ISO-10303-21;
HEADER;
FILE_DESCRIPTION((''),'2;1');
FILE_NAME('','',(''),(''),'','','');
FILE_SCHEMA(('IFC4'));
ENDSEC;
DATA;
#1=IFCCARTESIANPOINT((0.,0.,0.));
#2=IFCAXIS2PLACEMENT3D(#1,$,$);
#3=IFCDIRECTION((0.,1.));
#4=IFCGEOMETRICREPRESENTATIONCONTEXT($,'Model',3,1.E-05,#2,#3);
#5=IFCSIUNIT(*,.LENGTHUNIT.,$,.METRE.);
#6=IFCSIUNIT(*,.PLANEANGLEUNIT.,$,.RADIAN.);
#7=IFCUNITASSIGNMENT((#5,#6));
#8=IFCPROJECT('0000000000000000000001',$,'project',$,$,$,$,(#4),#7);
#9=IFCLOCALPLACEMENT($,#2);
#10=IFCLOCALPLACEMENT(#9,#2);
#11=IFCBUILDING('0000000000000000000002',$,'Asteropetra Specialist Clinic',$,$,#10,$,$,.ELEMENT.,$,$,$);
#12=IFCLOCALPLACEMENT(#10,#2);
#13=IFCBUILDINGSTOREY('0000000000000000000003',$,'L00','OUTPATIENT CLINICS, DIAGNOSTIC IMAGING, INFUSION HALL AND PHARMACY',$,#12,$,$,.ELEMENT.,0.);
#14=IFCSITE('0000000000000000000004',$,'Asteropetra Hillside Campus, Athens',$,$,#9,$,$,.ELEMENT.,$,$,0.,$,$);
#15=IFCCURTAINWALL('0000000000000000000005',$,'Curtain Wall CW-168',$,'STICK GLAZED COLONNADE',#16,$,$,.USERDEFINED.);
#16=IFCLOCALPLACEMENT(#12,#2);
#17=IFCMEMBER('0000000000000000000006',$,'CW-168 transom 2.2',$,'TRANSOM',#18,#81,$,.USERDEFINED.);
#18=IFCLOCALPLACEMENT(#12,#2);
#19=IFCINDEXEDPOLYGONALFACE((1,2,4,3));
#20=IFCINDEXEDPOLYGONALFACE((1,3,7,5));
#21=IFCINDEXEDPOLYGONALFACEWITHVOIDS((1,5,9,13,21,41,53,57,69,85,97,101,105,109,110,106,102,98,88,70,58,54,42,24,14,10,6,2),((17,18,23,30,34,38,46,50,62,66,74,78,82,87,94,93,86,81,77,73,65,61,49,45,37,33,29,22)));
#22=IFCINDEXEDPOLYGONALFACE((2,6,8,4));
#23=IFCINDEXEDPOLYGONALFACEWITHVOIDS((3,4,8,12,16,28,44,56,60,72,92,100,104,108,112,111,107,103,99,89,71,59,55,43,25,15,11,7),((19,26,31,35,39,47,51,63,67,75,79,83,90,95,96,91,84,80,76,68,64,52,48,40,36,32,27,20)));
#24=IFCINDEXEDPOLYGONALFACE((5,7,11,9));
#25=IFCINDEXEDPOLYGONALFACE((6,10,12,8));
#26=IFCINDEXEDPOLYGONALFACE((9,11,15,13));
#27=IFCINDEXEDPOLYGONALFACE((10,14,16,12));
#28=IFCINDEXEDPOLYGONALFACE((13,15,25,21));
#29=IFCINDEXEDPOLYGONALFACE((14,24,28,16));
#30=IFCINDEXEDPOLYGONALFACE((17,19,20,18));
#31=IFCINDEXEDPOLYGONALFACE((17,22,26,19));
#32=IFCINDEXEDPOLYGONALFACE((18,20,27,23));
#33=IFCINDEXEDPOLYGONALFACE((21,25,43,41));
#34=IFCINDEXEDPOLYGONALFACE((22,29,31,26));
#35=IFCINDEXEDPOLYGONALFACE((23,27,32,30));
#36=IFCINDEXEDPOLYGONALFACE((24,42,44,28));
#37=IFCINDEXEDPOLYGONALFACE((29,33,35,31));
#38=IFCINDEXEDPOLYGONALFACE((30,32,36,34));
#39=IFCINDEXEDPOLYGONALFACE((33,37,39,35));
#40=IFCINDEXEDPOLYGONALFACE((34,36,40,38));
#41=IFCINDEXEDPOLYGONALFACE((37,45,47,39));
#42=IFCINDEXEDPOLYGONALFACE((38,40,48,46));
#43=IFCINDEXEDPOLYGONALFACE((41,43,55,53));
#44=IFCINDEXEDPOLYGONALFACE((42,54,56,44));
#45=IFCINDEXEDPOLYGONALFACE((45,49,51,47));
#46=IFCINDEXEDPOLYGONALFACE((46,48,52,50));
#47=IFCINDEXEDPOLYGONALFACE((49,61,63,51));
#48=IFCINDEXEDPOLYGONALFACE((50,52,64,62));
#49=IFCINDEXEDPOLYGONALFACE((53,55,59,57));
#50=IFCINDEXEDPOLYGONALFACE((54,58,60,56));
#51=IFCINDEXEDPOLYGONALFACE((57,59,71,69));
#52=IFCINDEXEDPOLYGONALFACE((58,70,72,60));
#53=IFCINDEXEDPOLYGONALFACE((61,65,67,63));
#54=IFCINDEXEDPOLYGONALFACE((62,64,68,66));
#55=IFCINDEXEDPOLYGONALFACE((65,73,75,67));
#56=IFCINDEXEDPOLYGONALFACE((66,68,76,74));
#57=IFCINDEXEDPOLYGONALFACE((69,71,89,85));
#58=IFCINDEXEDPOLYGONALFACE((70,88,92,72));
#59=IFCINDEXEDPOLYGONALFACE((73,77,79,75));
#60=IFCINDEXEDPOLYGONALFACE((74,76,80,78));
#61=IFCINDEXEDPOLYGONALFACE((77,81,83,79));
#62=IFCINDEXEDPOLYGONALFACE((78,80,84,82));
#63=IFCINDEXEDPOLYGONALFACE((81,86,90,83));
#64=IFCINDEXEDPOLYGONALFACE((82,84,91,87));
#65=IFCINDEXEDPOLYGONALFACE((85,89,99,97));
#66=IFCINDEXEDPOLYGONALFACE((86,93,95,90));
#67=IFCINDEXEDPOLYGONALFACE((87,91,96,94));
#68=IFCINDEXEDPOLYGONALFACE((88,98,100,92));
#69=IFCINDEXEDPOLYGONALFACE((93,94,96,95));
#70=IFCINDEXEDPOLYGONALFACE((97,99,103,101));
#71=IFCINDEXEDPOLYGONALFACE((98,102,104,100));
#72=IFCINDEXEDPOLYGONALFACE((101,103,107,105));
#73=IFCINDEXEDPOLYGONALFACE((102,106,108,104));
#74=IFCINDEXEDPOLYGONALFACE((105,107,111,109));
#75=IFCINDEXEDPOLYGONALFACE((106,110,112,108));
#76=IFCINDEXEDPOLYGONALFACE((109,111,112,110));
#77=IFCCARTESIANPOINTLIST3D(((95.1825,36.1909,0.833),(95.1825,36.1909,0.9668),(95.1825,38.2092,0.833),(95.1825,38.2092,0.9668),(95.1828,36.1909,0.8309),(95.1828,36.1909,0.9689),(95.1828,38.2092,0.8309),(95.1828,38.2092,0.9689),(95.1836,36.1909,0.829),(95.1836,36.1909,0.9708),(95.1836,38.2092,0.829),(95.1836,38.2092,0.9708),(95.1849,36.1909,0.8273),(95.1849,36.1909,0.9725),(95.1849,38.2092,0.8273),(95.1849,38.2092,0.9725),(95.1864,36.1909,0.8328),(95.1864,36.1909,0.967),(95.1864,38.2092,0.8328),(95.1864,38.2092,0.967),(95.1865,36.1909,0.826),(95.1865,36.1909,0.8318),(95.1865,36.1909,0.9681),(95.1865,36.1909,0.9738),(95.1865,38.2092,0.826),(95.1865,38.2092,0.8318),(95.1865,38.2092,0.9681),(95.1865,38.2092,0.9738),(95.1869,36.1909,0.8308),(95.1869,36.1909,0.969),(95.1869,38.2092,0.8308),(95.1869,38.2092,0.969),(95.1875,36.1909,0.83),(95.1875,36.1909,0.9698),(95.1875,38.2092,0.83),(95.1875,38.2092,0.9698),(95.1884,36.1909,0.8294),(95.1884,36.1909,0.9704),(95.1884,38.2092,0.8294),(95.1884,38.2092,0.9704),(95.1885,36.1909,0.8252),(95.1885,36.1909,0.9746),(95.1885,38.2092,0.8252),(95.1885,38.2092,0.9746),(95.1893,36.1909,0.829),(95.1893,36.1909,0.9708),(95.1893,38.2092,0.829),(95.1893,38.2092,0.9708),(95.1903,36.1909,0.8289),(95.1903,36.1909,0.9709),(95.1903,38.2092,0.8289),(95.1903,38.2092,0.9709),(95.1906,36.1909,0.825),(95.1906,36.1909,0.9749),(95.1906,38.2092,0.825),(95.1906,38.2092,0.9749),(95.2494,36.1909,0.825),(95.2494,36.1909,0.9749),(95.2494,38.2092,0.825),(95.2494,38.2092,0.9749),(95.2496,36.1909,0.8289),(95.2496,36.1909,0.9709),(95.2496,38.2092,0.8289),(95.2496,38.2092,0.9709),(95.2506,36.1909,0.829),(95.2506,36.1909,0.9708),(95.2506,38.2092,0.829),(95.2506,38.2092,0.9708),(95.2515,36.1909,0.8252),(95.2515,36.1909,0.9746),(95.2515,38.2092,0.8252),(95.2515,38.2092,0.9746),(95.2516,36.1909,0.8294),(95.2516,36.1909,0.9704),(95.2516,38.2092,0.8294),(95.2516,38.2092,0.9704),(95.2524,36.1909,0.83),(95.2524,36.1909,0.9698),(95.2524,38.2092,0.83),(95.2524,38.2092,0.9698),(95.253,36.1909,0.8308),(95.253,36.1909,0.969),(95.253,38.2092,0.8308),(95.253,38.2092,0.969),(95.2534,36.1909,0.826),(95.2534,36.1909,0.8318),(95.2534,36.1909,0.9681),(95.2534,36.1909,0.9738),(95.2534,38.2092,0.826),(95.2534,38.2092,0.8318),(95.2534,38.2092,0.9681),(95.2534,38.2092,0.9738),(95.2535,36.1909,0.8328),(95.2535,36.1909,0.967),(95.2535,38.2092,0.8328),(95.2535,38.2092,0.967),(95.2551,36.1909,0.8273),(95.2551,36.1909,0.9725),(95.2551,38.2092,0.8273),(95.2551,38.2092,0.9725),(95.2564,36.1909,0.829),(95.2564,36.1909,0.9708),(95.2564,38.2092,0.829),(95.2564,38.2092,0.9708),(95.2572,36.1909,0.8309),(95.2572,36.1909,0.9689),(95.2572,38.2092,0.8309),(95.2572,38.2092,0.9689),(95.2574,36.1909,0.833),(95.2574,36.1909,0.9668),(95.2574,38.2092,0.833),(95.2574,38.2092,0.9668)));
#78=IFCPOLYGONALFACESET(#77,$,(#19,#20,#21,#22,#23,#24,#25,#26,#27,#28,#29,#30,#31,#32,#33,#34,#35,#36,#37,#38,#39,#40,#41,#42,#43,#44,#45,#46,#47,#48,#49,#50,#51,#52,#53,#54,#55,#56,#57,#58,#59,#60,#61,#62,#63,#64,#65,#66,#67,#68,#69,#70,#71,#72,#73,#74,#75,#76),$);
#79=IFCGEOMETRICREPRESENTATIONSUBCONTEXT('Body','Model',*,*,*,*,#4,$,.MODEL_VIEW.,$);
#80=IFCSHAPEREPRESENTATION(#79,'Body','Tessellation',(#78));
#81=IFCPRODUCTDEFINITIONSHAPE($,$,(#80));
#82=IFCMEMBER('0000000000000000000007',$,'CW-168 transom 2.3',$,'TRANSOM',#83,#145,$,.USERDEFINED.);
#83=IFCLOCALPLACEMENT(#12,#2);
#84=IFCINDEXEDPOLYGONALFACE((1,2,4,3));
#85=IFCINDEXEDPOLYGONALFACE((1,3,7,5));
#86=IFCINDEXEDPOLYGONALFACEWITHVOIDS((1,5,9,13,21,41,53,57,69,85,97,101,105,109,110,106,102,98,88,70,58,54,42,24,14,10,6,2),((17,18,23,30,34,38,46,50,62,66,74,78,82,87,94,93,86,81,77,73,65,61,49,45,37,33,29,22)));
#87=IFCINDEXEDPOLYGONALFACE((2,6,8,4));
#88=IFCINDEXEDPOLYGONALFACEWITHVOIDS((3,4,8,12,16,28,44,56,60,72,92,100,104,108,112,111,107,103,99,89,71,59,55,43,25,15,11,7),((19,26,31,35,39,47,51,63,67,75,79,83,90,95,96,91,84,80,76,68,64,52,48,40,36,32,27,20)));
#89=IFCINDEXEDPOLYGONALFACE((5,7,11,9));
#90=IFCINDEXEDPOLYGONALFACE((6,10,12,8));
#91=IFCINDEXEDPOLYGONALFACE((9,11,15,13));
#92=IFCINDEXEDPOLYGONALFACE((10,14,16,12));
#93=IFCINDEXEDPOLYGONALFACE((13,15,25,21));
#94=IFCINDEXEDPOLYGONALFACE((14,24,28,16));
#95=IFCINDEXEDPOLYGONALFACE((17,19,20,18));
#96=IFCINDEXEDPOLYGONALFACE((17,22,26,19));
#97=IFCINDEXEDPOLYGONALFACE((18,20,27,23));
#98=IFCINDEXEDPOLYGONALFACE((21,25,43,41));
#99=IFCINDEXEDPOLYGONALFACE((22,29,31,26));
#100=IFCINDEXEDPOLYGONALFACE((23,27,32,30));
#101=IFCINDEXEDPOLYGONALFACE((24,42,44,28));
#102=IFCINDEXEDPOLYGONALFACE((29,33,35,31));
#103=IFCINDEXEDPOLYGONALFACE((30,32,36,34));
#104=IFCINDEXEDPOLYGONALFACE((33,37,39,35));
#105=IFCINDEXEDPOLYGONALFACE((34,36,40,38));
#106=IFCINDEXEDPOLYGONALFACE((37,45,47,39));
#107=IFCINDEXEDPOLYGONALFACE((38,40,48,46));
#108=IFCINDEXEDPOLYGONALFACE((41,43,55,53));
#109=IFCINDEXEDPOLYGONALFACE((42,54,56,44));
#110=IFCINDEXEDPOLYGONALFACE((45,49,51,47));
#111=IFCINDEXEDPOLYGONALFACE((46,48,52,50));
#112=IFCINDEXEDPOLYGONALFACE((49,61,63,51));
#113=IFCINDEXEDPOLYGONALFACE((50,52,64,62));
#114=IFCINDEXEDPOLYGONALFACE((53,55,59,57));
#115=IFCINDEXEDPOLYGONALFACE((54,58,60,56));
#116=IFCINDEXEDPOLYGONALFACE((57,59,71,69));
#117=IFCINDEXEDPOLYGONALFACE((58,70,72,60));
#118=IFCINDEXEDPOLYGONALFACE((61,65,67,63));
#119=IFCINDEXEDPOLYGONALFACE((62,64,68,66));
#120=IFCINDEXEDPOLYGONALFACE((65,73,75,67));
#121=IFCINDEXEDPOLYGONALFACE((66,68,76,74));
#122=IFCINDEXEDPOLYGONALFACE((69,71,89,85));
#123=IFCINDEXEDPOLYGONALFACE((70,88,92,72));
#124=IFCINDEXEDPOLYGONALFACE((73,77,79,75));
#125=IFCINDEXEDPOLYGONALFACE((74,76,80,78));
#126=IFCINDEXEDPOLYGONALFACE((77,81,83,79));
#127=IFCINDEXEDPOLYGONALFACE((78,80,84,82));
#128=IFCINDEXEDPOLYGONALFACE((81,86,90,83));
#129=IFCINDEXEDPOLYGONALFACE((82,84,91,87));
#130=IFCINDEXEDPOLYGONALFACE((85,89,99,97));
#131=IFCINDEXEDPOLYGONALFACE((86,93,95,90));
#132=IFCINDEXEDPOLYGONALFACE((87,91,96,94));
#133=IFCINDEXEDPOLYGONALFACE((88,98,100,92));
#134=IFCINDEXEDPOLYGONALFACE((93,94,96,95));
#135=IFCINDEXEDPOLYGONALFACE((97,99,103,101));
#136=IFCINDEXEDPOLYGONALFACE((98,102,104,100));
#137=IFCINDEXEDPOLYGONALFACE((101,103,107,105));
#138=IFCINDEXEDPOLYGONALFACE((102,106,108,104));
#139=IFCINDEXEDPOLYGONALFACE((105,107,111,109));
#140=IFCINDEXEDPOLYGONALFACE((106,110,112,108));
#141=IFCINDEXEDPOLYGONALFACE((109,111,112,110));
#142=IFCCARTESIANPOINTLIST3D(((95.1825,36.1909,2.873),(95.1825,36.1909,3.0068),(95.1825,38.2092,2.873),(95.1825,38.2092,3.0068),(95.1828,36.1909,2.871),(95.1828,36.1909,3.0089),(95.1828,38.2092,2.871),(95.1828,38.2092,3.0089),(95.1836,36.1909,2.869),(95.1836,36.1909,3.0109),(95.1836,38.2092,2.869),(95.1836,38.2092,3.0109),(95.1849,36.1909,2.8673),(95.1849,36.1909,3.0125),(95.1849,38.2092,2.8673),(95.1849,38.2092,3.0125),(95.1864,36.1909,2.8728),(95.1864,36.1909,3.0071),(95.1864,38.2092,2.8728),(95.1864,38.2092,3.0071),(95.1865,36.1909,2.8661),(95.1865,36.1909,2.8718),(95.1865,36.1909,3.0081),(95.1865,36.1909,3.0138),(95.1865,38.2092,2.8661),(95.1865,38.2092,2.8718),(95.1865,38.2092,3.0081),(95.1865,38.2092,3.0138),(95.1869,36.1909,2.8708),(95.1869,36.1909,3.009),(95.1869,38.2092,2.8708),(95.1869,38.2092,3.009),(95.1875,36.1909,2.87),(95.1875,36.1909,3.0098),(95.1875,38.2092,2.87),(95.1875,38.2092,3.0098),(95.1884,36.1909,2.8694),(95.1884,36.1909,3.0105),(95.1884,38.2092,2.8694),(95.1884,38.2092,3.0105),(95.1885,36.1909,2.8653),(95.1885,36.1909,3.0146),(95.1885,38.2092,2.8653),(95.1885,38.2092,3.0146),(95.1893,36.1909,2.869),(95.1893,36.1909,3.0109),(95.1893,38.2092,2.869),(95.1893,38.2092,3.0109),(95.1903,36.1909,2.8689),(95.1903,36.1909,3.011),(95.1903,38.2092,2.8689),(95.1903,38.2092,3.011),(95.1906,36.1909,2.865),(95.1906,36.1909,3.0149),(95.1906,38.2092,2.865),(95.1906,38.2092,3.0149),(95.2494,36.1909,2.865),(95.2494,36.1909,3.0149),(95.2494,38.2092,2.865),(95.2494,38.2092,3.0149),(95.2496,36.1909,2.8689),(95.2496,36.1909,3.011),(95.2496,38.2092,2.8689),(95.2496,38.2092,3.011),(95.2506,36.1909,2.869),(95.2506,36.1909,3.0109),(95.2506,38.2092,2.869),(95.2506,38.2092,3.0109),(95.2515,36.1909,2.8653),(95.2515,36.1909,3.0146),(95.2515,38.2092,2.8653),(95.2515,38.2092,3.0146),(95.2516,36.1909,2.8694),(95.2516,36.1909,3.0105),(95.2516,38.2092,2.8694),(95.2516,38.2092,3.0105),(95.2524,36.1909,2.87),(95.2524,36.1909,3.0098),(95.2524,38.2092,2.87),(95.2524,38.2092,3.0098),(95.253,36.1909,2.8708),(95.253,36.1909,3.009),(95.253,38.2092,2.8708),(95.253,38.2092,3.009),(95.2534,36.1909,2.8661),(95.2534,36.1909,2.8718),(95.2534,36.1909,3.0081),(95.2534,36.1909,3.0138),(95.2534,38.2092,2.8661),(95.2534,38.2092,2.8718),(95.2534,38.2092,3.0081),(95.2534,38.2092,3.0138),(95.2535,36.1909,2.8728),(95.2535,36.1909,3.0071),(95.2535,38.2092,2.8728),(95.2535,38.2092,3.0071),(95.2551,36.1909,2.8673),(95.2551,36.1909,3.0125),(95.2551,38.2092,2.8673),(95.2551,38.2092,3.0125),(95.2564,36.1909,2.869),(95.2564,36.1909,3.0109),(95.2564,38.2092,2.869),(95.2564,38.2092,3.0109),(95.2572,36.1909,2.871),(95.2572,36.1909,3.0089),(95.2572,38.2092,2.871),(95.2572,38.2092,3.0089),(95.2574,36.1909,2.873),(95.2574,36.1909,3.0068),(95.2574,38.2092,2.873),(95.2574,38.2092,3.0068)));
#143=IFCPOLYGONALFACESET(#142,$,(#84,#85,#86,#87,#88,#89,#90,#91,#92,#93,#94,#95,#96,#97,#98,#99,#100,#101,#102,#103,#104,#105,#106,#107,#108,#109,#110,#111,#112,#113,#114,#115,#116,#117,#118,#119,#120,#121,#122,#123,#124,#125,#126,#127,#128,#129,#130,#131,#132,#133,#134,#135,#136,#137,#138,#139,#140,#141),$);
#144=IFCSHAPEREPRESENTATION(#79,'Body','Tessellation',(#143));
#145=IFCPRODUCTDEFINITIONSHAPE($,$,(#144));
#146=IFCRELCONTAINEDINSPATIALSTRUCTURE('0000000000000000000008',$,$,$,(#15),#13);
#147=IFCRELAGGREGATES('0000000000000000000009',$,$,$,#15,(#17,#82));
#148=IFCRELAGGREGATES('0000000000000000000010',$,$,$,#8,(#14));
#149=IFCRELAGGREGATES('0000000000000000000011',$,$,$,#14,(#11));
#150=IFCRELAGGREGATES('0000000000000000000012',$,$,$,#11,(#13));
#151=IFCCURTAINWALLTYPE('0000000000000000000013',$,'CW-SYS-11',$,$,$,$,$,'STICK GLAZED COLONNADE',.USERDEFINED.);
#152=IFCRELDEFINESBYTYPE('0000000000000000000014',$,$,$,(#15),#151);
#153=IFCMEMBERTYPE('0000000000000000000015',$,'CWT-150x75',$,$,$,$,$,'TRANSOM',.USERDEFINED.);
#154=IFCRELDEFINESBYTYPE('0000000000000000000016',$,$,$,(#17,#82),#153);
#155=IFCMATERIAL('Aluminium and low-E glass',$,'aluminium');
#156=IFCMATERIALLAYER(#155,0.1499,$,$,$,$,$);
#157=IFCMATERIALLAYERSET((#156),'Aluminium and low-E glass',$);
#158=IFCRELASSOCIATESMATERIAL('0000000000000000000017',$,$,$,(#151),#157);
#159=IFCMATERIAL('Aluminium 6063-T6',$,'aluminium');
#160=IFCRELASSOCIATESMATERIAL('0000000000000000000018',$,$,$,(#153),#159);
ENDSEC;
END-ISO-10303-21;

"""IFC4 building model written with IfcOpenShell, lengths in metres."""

from ifc_helpers import new_model, si_unit, direction, frame, origin, origin_2d, place, context, subcontext, project, spatial, hollow_rectangle, extrude, material, layer, layer_set, material_profile, profile_set, type_object, element, aggregate, save


model = new_model("IFC4")

# Units and contexts
model_context = context("Model", 3, precision=1e-05, world=origin(), true_north=direction((0.0, 1.0)))
body_context = subcontext(model_context, "Body", "Model", "MODEL_VIEW")
ifc_project = project(units=[si_unit("LENGTHUNIT", "METRE"), si_unit("PLANEANGLEUNIT", "RADIAN")], contexts=[model_context])

# Site, building, storey
site_placement = place(None, origin())
site = spatial("IfcSite", under=ifc_project, at=site_placement, Name="Asteropetra Hillside Campus, Athens", CompositionType="ELEMENT", RefElevation=0.0)
building_placement = place(site_placement, origin())
building = spatial("IfcBuilding", under=site, at=building_placement, Name="Asteropetra Specialist Clinic", CompositionType="ELEMENT")
storey_placement = place(building_placement, origin())
storey = spatial("IfcBuildingStorey", under=building, at=storey_placement, Name="L00", Description="OUTPATIENT CLINICS, DIAGNOSTIC IMAGING, INFUSION HALL AND PHARMACY", CompositionType="ELEMENT", Elevation=0.0)

# Curtain wall
ifc_material_1 = material(Name="Aluminium and low-E glass", Category="aluminium")
ifc_layer_1 = layer(ifc_material_1, 0.1499)
ifc_layer_set_1 = layer_set([ifc_layer_1], Name="Aluminium and low-E glass")
curtain_wall_type_1 = type_object("IfcCurtainWallType", Name="CW-SYS-11", ElementType="STICK GLAZED COLONNADE", PredefinedType="USERDEFINED", material=ifc_layer_set_1)
curtain_wall_1_placement = place(storey_placement, origin())
curtain_wall_1 = element("IfcCurtainWall", 1, at=curtain_wall_1_placement, inside=storey, type_object=curtain_wall_type_1, Name="Curtain Wall CW-168", ObjectType="STICK GLAZED COLONNADE", PredefinedType="USERDEFINED")

# Members
ifc_material_2 = material(Name="Aluminium 6063-T6", Category="aluminium")
ifc_material_profile_1 = material_profile(ifc_material_2, hollow_rectangle(XDim=0.075, YDim=0.1499, WallThickness=0.0039, InnerFilletRadius=0.0039, OuterFilletRadius=0.0081, at=origin_2d()), Name="TRN 150x75x4.0")
ifc_profile_set_1 = profile_set([ifc_material_profile_1], Name="Aluminium 6063-T6")
member_type_1 = type_object("IfcMemberType", Name="CWT-150x75", ElementType="TRANSOM", PredefinedType="USERDEFINED", material=ifc_profile_set_1)
member_1_placement = place(storey_placement, frame((95.22, 36.1909, 0.8999), z_axis=(0.0, 1.0, 0.0), x_axis=(-1.0, 0.0, 0.0)))
member_1 = element("IfcMember", 2, at=member_1_placement, type_object=member_type_1, Name="CW-168 transom 2.2", ObjectType="TRANSOM", PredefinedType="USERDEFINED", context=body_context, shape_type="SweptSolid", body=[
    extrude(hollow_rectangle(XDim=0.075, YDim=0.1499, WallThickness=0.0039, InnerFilletRadius=0.0039, OuterFilletRadius=0.0081, at=origin_2d()), origin(), (0.0, 0.0, 1.0), 2.0183),
])
member_2_placement = place(storey_placement, frame((95.22, 36.1909, 2.9399), z_axis=(0.0, 1.0, 0.0), x_axis=(-1.0, 0.0, 0.0)))
member_2 = element("IfcMember", 3, at=member_2_placement, type_object=member_type_1, Name="CW-168 transom 2.3", ObjectType="TRANSOM", PredefinedType="USERDEFINED", context=body_context, shape_type="SweptSolid", body=[
    extrude(hollow_rectangle(XDim=0.075, YDim=0.1499, WallThickness=0.0039, InnerFilletRadius=0.0039, OuterFilletRadius=0.0081, at=origin_2d()), origin(), (0.0, 0.0, 1.0), 2.0183),
])

aggregate(curtain_wall_1, [member_1, member_2])

save(model, "model.ifc")
